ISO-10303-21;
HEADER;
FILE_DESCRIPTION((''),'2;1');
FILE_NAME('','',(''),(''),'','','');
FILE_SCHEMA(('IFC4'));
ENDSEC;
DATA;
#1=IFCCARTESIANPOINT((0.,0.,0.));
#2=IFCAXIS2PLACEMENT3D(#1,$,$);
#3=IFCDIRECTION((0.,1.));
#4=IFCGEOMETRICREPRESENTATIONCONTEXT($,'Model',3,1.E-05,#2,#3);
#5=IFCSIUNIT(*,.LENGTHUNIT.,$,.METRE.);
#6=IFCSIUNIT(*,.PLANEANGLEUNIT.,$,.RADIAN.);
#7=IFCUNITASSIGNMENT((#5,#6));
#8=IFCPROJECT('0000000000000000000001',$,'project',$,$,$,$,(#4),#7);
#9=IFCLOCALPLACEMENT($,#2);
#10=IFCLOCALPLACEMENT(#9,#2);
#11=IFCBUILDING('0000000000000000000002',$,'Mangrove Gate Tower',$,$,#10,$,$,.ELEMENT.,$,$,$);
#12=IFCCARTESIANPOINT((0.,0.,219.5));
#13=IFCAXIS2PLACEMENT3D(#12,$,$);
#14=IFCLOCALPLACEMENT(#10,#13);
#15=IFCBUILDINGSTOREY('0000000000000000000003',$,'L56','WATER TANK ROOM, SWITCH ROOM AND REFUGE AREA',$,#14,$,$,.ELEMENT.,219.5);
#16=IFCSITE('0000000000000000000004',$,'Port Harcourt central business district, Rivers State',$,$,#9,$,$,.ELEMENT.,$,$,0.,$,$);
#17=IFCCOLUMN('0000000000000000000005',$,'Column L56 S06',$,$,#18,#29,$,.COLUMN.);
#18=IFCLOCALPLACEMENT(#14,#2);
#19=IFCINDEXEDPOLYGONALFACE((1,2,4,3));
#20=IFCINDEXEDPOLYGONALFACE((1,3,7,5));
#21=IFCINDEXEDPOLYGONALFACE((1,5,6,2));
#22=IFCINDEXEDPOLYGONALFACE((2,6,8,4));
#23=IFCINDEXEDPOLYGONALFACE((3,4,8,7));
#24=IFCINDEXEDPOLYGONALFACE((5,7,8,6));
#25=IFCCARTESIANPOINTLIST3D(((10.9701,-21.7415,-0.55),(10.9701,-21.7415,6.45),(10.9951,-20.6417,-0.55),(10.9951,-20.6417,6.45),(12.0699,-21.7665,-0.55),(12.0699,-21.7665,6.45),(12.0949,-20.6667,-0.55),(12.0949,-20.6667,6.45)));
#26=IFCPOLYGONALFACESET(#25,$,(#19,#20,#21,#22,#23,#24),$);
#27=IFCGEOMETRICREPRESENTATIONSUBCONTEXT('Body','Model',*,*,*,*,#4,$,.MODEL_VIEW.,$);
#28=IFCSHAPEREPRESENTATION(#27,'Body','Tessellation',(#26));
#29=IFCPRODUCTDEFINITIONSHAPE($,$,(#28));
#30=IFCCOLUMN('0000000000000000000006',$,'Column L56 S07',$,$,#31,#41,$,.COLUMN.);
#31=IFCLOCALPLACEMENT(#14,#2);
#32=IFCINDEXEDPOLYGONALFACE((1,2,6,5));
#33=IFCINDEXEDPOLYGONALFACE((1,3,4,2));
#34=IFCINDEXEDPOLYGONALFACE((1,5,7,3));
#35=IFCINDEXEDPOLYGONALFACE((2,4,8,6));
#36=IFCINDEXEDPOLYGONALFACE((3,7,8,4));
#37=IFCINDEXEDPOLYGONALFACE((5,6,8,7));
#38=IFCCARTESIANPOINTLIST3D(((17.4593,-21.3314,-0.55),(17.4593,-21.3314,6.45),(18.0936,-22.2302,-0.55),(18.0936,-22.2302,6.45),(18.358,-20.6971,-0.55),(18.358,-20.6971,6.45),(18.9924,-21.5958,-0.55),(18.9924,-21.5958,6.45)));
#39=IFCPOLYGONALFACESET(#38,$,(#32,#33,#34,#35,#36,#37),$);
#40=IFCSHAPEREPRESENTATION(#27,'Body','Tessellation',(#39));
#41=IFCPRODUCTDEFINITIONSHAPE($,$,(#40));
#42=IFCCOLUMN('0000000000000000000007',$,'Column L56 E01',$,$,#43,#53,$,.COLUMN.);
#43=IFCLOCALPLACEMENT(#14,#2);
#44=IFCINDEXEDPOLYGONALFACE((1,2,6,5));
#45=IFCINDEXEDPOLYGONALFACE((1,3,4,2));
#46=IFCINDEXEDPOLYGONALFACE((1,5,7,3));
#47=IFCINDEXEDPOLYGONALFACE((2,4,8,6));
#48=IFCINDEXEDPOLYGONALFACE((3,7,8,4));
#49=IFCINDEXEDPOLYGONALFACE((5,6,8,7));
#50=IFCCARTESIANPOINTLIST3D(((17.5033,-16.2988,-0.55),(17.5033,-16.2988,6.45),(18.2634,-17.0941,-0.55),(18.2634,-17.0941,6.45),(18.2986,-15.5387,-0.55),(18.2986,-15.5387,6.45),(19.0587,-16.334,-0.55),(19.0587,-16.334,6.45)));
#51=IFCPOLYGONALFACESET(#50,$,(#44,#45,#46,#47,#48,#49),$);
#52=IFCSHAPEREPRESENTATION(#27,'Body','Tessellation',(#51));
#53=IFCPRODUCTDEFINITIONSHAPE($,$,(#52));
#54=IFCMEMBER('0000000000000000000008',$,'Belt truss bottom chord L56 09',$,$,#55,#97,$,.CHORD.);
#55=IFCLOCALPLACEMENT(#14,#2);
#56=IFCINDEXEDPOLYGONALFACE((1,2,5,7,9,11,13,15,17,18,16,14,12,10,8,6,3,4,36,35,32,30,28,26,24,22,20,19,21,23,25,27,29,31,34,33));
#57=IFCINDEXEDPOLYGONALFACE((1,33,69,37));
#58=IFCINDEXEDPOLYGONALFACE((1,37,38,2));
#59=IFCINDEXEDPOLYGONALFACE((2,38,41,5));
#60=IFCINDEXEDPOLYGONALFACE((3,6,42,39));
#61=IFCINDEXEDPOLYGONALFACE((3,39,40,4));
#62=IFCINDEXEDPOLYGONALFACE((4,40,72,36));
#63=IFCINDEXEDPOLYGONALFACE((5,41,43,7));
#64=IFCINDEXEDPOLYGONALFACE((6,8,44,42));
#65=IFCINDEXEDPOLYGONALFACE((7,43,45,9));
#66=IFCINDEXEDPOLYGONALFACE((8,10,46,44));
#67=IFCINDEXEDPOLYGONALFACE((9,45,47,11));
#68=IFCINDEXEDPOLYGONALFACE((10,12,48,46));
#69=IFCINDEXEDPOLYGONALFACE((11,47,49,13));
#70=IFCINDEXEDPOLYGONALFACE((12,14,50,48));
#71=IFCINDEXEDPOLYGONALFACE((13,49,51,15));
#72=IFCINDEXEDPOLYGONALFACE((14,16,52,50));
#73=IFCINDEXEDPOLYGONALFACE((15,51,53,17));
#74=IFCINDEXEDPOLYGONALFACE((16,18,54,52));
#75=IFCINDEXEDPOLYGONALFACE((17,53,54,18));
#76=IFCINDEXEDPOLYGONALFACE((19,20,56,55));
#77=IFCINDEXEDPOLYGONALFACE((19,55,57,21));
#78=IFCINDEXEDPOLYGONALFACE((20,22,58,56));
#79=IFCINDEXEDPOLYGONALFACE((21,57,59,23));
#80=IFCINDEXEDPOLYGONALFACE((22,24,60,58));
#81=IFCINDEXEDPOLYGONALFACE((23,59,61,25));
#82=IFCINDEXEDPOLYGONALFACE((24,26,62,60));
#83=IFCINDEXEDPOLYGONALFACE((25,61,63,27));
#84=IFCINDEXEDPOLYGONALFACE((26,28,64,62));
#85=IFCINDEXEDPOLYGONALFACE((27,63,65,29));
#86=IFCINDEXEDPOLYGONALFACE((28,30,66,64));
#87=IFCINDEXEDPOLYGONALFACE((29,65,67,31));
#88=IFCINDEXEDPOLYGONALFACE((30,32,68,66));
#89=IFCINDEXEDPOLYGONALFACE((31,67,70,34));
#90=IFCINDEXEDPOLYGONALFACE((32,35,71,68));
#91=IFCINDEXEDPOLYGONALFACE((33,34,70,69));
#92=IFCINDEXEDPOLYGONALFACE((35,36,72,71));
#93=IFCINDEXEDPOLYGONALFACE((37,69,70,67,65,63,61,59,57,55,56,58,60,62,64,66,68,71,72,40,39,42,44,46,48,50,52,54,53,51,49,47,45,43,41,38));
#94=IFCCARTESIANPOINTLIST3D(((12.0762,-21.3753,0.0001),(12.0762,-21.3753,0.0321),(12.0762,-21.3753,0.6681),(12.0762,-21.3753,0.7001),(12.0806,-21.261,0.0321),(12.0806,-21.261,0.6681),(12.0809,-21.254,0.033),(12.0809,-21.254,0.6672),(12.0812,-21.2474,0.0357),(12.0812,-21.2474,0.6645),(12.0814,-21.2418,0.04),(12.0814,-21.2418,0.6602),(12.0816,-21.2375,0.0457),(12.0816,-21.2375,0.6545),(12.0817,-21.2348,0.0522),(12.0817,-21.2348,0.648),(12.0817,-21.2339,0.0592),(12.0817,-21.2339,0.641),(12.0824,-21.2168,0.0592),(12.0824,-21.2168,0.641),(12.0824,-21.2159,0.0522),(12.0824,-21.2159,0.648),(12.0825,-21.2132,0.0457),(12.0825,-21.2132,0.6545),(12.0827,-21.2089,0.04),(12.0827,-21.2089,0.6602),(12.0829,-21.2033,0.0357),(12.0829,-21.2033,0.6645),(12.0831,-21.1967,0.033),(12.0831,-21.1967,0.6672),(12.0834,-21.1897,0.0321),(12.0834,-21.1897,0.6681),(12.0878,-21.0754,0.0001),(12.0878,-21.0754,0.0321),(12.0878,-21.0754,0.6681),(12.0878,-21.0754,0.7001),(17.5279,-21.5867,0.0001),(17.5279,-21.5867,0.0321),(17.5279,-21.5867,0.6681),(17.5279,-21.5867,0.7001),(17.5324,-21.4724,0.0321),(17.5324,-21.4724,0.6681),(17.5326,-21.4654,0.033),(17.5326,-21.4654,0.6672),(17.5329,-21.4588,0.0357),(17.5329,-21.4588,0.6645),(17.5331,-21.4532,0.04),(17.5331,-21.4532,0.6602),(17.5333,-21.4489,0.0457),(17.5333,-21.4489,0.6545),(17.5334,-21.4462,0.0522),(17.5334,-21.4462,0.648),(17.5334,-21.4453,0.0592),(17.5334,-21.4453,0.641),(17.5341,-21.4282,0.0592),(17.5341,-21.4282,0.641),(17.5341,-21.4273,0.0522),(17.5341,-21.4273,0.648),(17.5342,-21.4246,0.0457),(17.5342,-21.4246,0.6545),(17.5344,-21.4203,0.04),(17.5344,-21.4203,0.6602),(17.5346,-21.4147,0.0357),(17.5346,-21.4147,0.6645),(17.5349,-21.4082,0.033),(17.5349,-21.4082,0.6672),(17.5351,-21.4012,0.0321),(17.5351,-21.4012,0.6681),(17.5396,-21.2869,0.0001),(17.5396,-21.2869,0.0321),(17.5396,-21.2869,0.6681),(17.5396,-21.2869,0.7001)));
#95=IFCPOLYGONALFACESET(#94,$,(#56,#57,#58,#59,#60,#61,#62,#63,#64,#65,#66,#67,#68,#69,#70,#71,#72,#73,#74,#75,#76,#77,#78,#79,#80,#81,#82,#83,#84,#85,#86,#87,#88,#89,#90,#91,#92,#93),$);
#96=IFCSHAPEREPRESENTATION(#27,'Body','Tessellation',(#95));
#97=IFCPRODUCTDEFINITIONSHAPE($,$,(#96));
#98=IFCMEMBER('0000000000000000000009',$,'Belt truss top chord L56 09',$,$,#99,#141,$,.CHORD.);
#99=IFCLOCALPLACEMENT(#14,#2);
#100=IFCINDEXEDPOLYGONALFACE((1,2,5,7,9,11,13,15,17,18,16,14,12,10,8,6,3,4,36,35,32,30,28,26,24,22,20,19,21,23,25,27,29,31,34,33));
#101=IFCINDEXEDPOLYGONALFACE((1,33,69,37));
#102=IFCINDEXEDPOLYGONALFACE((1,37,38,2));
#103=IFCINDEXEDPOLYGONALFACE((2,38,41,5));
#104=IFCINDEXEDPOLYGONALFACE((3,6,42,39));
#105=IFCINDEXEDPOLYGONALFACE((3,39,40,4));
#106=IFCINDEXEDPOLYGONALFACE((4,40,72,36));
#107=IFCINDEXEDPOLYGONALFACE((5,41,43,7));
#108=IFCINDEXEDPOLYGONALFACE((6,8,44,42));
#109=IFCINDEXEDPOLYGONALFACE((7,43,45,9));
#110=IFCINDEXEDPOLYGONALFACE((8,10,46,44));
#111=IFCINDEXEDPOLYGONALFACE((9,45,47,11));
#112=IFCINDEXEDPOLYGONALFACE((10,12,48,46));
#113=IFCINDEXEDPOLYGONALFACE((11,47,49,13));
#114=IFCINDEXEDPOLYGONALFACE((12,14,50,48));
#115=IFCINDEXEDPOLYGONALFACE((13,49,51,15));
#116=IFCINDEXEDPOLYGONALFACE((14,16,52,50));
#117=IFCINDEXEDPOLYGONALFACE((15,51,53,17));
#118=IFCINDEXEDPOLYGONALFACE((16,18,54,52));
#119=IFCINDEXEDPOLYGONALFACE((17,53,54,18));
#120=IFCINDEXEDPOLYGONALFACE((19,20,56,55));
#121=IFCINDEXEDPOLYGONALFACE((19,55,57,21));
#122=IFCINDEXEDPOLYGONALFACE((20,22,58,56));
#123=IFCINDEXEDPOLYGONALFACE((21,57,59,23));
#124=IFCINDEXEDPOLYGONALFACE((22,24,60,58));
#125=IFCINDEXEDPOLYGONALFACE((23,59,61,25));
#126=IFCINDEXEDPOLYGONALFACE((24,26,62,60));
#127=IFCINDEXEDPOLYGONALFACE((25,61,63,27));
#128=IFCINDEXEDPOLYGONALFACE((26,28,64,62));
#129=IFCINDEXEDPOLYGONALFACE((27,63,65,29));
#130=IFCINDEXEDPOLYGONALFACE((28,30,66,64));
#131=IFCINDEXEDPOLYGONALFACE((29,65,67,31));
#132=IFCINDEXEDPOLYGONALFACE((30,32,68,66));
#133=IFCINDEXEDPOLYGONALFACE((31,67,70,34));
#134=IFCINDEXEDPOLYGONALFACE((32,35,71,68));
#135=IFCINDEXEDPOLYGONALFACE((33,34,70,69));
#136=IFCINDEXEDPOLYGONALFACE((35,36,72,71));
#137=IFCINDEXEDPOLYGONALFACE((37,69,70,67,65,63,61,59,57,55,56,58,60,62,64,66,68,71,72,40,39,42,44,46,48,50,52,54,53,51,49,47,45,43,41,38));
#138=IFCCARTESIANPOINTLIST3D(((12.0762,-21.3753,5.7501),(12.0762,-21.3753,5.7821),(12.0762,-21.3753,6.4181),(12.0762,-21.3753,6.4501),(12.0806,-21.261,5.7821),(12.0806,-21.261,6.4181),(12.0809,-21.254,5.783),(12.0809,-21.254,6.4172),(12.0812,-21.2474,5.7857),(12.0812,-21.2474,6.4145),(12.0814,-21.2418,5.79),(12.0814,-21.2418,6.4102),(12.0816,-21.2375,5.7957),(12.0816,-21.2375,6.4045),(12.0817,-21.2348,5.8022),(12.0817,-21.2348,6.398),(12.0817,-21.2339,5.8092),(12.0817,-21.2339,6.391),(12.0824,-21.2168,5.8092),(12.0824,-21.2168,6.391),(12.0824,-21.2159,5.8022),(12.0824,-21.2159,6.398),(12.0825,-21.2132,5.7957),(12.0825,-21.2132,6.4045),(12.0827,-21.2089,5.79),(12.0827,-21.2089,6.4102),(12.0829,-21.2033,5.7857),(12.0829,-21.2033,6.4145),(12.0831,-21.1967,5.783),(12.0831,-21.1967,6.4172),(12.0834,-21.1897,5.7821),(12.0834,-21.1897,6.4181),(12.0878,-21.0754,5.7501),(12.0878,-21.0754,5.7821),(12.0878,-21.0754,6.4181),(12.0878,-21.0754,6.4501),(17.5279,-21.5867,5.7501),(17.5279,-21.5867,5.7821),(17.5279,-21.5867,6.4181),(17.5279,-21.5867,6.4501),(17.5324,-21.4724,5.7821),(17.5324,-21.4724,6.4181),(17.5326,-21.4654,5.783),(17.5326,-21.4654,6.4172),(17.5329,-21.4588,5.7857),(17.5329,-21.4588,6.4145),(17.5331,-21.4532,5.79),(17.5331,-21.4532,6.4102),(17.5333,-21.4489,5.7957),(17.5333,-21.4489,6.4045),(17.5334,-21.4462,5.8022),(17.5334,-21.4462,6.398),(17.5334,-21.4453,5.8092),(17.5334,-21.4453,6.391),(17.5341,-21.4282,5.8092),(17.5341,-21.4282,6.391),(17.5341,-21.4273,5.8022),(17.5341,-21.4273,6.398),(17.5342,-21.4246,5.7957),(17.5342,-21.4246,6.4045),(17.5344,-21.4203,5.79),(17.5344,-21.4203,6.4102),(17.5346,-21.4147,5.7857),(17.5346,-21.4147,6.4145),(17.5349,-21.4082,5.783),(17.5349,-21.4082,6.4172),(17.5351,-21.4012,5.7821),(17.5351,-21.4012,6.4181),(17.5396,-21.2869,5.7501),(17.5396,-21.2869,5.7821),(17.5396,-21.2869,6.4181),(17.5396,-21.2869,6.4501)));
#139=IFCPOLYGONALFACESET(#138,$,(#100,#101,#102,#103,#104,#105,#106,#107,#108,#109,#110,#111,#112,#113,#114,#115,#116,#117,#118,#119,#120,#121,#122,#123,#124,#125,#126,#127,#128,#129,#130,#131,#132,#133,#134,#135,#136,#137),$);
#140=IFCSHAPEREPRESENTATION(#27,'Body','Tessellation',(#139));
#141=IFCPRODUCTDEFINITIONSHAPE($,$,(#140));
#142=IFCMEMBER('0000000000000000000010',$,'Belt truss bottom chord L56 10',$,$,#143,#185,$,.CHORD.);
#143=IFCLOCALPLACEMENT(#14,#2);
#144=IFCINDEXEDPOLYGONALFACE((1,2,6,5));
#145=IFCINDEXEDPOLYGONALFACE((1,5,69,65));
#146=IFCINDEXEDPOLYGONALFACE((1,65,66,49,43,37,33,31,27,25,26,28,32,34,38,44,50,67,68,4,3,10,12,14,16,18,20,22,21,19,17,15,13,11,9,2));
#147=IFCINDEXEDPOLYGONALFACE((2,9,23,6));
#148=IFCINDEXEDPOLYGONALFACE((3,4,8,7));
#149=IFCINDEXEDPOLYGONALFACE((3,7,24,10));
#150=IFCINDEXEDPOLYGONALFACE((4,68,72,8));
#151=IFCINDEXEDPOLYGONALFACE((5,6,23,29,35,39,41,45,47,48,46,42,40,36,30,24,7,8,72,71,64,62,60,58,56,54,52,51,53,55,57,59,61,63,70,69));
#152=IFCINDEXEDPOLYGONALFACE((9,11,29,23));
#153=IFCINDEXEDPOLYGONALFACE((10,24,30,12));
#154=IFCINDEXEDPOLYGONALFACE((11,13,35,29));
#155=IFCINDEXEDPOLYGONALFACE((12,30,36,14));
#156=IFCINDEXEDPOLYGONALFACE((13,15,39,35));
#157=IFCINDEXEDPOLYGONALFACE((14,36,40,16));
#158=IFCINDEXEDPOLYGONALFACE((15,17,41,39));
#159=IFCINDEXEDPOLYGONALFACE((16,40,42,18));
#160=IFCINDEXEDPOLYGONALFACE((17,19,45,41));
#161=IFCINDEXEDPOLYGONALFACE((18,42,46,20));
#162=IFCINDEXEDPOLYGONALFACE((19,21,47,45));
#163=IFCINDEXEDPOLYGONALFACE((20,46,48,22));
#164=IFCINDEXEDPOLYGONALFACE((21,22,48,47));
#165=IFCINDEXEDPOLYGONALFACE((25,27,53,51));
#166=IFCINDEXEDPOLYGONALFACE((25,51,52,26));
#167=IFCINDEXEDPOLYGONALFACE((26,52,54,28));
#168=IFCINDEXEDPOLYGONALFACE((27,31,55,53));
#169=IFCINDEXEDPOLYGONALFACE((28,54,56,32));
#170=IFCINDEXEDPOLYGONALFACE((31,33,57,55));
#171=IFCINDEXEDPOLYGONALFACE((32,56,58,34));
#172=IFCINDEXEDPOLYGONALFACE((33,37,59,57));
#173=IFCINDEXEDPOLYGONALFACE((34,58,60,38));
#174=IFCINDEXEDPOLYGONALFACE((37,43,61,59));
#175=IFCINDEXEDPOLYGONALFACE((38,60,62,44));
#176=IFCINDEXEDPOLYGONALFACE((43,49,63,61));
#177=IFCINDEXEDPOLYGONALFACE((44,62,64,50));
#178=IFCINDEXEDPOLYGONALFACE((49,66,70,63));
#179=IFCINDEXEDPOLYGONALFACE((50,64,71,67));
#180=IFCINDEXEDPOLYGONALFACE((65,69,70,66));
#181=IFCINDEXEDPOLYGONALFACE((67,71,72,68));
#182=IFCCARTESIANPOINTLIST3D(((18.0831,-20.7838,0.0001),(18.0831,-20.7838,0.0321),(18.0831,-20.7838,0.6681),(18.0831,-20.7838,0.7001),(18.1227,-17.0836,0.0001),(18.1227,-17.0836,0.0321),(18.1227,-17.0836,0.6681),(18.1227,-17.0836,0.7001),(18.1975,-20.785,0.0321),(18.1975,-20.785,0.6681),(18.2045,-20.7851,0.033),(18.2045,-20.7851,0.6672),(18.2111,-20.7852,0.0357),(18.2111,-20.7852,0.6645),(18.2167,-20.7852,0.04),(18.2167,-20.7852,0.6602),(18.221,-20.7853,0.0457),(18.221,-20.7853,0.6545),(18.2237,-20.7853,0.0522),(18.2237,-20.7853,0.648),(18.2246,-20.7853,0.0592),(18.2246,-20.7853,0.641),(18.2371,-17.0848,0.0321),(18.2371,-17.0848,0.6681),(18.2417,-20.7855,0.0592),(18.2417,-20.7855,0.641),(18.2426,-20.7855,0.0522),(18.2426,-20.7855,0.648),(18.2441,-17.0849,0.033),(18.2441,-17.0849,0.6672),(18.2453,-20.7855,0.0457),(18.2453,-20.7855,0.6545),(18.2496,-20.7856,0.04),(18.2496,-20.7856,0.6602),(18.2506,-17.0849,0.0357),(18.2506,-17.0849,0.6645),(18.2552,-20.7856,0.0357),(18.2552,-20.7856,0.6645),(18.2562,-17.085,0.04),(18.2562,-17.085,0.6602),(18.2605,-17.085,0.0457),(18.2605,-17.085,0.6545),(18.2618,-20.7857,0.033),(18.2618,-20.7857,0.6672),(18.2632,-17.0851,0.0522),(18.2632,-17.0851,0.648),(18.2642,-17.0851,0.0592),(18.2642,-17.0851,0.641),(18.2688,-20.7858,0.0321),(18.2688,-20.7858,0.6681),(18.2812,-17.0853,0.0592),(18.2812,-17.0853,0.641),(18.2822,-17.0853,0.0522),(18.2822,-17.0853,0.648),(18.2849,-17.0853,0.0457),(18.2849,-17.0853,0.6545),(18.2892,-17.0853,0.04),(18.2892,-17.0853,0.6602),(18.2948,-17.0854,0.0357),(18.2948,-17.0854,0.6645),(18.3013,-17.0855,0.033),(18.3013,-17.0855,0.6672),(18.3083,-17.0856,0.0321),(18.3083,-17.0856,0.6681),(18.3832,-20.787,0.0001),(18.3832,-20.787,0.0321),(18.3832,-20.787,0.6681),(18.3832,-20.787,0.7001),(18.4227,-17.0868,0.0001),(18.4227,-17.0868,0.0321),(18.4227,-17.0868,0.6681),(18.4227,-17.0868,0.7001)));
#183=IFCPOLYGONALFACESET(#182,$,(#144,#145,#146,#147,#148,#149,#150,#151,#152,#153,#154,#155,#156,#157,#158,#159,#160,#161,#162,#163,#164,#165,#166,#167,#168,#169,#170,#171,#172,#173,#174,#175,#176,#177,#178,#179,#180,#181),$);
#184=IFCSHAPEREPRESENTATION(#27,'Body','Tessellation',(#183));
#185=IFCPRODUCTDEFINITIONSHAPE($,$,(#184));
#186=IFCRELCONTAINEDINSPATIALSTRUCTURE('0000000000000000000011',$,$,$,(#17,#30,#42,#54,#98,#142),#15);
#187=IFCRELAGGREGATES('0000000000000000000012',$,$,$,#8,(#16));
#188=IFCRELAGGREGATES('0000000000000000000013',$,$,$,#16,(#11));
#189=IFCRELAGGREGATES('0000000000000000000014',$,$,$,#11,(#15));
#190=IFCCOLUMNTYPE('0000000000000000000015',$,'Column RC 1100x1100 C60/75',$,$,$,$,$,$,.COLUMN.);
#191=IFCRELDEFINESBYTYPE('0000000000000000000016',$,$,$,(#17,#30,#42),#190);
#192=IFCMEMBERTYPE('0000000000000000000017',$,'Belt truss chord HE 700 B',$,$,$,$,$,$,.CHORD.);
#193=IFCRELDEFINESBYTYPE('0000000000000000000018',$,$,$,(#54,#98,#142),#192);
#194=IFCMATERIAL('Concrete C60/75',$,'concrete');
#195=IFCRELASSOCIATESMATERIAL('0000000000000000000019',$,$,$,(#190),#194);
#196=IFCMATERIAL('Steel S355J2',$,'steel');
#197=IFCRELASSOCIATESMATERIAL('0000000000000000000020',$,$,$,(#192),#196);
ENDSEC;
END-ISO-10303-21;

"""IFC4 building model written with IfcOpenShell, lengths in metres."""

from ifc_helpers import new_model, si_unit, direction, frame, origin, origin_2d, place, context, subcontext, project, spatial, rectangle, i_section, extrude, material, material_profile, profile_set, type_object, element, save


model = new_model("IFC4")

# Units and contexts
model_context = context("Model", 3, precision=1e-05, world=origin(), true_north=direction((0.0, 1.0)))
body_context = subcontext(model_context, "Body", "Model", "MODEL_VIEW")
ifc_project = project(units=[si_unit("LENGTHUNIT", "METRE"), si_unit("PLANEANGLEUNIT", "RADIAN")], contexts=[model_context])

# Site, building, storey
site_placement = place(None, origin())
site = spatial("IfcSite", under=ifc_project, at=site_placement, Name="Port Harcourt central business district, Rivers State", CompositionType="ELEMENT", RefElevation=0.0)
building_placement = place(site_placement, origin())
building = spatial("IfcBuilding", under=site, at=building_placement, Name="Mangrove Gate Tower", CompositionType="ELEMENT")
storey_placement = place(building_placement, frame((0.0, 0.0, 219.5)))
storey = spatial("IfcBuildingStorey", under=building, at=storey_placement, Name="L56", Description="WATER TANK ROOM, SWITCH ROOM AND REFUGE AREA", CompositionType="ELEMENT", Elevation=219.5)

# Columns
ifc_material_1 = material(Name="Concrete C60/75", Category="concrete")
ifc_material_profile_1 = material_profile(ifc_material_1, rectangle(XDim=1.1001, YDim=1.1001, at=origin_2d()))
ifc_profile_set_1 = profile_set([ifc_material_profile_1], Name="Concrete C60/75")
column_type = type_object("IfcColumnType", Name="Column RC 1100x1100 C60/75", PredefinedType="COLUMN", material=ifc_profile_set_1)
for number, where, z_axis, x_axis, name in (
    (1, (11.5325, -21.2041, -0.55), (0.0, 0.0, 1.0), (0.999742, -0.022707, 0.0), "Column L56 S06"),
    (2, (18.2258, -21.4636, -0.55), (0.0, 0.0, 1.0), (0.817006, 0.576629, 0.0), "Column L56 S07"),
    (3, (18.281, -16.3164, -0.55), (0.0, 0.0, 1.0), (0.722905, 0.690948, 0.0), "Column L56 E01"),
):
    element("IfcColumn", number, at=place(storey_placement, frame(where, z_axis=z_axis, x_axis=x_axis)), inside=storey, type_object=column_type, Name=name, PredefinedType="COLUMN", context=body_context, shape_type="SweptSolid", body=[
        extrude(rectangle(XDim=1.1001, YDim=1.1001, at=origin_2d()), origin(), (0.0, 0.0, 1.0), 7.0),
    ])

# Members
ifc_material_2 = material(Name="Steel S355J2", Category="steel")
ifc_material_profile_2 = material_profile(ifc_material_2, i_section(OverallWidth=0.3, OverallDepth=0.7, WebThickness=0.0171, FlangeThickness=0.032, FilletRadius=0.0271, at=origin_2d()))
ifc_profile_set_2 = profile_set([ifc_material_profile_2], Name="Steel S355J2")
member_type_1 = type_object("IfcMemberType", Name="Belt truss chord HE 700 B", PredefinedType="CHORD", material=ifc_profile_set_2)
for number, where, z_axis, x_axis, name in (
    (4, (12.082, -21.2253, 0.3501), (0.999249, -0.038753, 0.0), (0.038753, 0.999249, 0.0), "Belt truss bottom chord L56 09"),
    (5, (12.082, -21.2253, 6.1001), (0.999249, -0.038753, 0.0), (0.038753, 0.999249, 0.0), "Belt truss top chord L56 09"),
):
    element("IfcMember", number, at=place(storey_placement, frame(where, z_axis=z_axis, x_axis=x_axis)), inside=storey, type_object=member_type_1, Name=name, PredefinedType="CHORD", context=body_context, shape_type="SweptSolid", body=[
        extrude(i_section(OverallWidth=0.3, OverallDepth=0.7, WebThickness=0.0171, FlangeThickness=0.032, FilletRadius=0.0271, at=origin_2d()), origin(), (0.0, 0.0, 1.0), 5.4558),
    ])
for number, where, z_axis, x_axis, name in (
    (6, (18.2332, -20.7854, 0.3501), (0.010688, 0.999943, 0.0), (-0.999943, 0.010688, 0.0), "Belt truss bottom chord L56 10"),
):
    element("IfcMember", number, at=place(storey_placement, frame(where, z_axis=z_axis, x_axis=x_axis)), inside=storey, type_object=member_type_1, Name=name, PredefinedType="CHORD", context=body_context, shape_type="SweptSolid", body=[
        extrude(i_section(OverallWidth=0.3, OverallDepth=0.7, WebThickness=0.0171, FlangeThickness=0.032, FilletRadius=0.0271, at=origin_2d()), origin(), (0.0, 0.0, 1.0), 3.7004),
    ])

save(model, "model.ifc")
